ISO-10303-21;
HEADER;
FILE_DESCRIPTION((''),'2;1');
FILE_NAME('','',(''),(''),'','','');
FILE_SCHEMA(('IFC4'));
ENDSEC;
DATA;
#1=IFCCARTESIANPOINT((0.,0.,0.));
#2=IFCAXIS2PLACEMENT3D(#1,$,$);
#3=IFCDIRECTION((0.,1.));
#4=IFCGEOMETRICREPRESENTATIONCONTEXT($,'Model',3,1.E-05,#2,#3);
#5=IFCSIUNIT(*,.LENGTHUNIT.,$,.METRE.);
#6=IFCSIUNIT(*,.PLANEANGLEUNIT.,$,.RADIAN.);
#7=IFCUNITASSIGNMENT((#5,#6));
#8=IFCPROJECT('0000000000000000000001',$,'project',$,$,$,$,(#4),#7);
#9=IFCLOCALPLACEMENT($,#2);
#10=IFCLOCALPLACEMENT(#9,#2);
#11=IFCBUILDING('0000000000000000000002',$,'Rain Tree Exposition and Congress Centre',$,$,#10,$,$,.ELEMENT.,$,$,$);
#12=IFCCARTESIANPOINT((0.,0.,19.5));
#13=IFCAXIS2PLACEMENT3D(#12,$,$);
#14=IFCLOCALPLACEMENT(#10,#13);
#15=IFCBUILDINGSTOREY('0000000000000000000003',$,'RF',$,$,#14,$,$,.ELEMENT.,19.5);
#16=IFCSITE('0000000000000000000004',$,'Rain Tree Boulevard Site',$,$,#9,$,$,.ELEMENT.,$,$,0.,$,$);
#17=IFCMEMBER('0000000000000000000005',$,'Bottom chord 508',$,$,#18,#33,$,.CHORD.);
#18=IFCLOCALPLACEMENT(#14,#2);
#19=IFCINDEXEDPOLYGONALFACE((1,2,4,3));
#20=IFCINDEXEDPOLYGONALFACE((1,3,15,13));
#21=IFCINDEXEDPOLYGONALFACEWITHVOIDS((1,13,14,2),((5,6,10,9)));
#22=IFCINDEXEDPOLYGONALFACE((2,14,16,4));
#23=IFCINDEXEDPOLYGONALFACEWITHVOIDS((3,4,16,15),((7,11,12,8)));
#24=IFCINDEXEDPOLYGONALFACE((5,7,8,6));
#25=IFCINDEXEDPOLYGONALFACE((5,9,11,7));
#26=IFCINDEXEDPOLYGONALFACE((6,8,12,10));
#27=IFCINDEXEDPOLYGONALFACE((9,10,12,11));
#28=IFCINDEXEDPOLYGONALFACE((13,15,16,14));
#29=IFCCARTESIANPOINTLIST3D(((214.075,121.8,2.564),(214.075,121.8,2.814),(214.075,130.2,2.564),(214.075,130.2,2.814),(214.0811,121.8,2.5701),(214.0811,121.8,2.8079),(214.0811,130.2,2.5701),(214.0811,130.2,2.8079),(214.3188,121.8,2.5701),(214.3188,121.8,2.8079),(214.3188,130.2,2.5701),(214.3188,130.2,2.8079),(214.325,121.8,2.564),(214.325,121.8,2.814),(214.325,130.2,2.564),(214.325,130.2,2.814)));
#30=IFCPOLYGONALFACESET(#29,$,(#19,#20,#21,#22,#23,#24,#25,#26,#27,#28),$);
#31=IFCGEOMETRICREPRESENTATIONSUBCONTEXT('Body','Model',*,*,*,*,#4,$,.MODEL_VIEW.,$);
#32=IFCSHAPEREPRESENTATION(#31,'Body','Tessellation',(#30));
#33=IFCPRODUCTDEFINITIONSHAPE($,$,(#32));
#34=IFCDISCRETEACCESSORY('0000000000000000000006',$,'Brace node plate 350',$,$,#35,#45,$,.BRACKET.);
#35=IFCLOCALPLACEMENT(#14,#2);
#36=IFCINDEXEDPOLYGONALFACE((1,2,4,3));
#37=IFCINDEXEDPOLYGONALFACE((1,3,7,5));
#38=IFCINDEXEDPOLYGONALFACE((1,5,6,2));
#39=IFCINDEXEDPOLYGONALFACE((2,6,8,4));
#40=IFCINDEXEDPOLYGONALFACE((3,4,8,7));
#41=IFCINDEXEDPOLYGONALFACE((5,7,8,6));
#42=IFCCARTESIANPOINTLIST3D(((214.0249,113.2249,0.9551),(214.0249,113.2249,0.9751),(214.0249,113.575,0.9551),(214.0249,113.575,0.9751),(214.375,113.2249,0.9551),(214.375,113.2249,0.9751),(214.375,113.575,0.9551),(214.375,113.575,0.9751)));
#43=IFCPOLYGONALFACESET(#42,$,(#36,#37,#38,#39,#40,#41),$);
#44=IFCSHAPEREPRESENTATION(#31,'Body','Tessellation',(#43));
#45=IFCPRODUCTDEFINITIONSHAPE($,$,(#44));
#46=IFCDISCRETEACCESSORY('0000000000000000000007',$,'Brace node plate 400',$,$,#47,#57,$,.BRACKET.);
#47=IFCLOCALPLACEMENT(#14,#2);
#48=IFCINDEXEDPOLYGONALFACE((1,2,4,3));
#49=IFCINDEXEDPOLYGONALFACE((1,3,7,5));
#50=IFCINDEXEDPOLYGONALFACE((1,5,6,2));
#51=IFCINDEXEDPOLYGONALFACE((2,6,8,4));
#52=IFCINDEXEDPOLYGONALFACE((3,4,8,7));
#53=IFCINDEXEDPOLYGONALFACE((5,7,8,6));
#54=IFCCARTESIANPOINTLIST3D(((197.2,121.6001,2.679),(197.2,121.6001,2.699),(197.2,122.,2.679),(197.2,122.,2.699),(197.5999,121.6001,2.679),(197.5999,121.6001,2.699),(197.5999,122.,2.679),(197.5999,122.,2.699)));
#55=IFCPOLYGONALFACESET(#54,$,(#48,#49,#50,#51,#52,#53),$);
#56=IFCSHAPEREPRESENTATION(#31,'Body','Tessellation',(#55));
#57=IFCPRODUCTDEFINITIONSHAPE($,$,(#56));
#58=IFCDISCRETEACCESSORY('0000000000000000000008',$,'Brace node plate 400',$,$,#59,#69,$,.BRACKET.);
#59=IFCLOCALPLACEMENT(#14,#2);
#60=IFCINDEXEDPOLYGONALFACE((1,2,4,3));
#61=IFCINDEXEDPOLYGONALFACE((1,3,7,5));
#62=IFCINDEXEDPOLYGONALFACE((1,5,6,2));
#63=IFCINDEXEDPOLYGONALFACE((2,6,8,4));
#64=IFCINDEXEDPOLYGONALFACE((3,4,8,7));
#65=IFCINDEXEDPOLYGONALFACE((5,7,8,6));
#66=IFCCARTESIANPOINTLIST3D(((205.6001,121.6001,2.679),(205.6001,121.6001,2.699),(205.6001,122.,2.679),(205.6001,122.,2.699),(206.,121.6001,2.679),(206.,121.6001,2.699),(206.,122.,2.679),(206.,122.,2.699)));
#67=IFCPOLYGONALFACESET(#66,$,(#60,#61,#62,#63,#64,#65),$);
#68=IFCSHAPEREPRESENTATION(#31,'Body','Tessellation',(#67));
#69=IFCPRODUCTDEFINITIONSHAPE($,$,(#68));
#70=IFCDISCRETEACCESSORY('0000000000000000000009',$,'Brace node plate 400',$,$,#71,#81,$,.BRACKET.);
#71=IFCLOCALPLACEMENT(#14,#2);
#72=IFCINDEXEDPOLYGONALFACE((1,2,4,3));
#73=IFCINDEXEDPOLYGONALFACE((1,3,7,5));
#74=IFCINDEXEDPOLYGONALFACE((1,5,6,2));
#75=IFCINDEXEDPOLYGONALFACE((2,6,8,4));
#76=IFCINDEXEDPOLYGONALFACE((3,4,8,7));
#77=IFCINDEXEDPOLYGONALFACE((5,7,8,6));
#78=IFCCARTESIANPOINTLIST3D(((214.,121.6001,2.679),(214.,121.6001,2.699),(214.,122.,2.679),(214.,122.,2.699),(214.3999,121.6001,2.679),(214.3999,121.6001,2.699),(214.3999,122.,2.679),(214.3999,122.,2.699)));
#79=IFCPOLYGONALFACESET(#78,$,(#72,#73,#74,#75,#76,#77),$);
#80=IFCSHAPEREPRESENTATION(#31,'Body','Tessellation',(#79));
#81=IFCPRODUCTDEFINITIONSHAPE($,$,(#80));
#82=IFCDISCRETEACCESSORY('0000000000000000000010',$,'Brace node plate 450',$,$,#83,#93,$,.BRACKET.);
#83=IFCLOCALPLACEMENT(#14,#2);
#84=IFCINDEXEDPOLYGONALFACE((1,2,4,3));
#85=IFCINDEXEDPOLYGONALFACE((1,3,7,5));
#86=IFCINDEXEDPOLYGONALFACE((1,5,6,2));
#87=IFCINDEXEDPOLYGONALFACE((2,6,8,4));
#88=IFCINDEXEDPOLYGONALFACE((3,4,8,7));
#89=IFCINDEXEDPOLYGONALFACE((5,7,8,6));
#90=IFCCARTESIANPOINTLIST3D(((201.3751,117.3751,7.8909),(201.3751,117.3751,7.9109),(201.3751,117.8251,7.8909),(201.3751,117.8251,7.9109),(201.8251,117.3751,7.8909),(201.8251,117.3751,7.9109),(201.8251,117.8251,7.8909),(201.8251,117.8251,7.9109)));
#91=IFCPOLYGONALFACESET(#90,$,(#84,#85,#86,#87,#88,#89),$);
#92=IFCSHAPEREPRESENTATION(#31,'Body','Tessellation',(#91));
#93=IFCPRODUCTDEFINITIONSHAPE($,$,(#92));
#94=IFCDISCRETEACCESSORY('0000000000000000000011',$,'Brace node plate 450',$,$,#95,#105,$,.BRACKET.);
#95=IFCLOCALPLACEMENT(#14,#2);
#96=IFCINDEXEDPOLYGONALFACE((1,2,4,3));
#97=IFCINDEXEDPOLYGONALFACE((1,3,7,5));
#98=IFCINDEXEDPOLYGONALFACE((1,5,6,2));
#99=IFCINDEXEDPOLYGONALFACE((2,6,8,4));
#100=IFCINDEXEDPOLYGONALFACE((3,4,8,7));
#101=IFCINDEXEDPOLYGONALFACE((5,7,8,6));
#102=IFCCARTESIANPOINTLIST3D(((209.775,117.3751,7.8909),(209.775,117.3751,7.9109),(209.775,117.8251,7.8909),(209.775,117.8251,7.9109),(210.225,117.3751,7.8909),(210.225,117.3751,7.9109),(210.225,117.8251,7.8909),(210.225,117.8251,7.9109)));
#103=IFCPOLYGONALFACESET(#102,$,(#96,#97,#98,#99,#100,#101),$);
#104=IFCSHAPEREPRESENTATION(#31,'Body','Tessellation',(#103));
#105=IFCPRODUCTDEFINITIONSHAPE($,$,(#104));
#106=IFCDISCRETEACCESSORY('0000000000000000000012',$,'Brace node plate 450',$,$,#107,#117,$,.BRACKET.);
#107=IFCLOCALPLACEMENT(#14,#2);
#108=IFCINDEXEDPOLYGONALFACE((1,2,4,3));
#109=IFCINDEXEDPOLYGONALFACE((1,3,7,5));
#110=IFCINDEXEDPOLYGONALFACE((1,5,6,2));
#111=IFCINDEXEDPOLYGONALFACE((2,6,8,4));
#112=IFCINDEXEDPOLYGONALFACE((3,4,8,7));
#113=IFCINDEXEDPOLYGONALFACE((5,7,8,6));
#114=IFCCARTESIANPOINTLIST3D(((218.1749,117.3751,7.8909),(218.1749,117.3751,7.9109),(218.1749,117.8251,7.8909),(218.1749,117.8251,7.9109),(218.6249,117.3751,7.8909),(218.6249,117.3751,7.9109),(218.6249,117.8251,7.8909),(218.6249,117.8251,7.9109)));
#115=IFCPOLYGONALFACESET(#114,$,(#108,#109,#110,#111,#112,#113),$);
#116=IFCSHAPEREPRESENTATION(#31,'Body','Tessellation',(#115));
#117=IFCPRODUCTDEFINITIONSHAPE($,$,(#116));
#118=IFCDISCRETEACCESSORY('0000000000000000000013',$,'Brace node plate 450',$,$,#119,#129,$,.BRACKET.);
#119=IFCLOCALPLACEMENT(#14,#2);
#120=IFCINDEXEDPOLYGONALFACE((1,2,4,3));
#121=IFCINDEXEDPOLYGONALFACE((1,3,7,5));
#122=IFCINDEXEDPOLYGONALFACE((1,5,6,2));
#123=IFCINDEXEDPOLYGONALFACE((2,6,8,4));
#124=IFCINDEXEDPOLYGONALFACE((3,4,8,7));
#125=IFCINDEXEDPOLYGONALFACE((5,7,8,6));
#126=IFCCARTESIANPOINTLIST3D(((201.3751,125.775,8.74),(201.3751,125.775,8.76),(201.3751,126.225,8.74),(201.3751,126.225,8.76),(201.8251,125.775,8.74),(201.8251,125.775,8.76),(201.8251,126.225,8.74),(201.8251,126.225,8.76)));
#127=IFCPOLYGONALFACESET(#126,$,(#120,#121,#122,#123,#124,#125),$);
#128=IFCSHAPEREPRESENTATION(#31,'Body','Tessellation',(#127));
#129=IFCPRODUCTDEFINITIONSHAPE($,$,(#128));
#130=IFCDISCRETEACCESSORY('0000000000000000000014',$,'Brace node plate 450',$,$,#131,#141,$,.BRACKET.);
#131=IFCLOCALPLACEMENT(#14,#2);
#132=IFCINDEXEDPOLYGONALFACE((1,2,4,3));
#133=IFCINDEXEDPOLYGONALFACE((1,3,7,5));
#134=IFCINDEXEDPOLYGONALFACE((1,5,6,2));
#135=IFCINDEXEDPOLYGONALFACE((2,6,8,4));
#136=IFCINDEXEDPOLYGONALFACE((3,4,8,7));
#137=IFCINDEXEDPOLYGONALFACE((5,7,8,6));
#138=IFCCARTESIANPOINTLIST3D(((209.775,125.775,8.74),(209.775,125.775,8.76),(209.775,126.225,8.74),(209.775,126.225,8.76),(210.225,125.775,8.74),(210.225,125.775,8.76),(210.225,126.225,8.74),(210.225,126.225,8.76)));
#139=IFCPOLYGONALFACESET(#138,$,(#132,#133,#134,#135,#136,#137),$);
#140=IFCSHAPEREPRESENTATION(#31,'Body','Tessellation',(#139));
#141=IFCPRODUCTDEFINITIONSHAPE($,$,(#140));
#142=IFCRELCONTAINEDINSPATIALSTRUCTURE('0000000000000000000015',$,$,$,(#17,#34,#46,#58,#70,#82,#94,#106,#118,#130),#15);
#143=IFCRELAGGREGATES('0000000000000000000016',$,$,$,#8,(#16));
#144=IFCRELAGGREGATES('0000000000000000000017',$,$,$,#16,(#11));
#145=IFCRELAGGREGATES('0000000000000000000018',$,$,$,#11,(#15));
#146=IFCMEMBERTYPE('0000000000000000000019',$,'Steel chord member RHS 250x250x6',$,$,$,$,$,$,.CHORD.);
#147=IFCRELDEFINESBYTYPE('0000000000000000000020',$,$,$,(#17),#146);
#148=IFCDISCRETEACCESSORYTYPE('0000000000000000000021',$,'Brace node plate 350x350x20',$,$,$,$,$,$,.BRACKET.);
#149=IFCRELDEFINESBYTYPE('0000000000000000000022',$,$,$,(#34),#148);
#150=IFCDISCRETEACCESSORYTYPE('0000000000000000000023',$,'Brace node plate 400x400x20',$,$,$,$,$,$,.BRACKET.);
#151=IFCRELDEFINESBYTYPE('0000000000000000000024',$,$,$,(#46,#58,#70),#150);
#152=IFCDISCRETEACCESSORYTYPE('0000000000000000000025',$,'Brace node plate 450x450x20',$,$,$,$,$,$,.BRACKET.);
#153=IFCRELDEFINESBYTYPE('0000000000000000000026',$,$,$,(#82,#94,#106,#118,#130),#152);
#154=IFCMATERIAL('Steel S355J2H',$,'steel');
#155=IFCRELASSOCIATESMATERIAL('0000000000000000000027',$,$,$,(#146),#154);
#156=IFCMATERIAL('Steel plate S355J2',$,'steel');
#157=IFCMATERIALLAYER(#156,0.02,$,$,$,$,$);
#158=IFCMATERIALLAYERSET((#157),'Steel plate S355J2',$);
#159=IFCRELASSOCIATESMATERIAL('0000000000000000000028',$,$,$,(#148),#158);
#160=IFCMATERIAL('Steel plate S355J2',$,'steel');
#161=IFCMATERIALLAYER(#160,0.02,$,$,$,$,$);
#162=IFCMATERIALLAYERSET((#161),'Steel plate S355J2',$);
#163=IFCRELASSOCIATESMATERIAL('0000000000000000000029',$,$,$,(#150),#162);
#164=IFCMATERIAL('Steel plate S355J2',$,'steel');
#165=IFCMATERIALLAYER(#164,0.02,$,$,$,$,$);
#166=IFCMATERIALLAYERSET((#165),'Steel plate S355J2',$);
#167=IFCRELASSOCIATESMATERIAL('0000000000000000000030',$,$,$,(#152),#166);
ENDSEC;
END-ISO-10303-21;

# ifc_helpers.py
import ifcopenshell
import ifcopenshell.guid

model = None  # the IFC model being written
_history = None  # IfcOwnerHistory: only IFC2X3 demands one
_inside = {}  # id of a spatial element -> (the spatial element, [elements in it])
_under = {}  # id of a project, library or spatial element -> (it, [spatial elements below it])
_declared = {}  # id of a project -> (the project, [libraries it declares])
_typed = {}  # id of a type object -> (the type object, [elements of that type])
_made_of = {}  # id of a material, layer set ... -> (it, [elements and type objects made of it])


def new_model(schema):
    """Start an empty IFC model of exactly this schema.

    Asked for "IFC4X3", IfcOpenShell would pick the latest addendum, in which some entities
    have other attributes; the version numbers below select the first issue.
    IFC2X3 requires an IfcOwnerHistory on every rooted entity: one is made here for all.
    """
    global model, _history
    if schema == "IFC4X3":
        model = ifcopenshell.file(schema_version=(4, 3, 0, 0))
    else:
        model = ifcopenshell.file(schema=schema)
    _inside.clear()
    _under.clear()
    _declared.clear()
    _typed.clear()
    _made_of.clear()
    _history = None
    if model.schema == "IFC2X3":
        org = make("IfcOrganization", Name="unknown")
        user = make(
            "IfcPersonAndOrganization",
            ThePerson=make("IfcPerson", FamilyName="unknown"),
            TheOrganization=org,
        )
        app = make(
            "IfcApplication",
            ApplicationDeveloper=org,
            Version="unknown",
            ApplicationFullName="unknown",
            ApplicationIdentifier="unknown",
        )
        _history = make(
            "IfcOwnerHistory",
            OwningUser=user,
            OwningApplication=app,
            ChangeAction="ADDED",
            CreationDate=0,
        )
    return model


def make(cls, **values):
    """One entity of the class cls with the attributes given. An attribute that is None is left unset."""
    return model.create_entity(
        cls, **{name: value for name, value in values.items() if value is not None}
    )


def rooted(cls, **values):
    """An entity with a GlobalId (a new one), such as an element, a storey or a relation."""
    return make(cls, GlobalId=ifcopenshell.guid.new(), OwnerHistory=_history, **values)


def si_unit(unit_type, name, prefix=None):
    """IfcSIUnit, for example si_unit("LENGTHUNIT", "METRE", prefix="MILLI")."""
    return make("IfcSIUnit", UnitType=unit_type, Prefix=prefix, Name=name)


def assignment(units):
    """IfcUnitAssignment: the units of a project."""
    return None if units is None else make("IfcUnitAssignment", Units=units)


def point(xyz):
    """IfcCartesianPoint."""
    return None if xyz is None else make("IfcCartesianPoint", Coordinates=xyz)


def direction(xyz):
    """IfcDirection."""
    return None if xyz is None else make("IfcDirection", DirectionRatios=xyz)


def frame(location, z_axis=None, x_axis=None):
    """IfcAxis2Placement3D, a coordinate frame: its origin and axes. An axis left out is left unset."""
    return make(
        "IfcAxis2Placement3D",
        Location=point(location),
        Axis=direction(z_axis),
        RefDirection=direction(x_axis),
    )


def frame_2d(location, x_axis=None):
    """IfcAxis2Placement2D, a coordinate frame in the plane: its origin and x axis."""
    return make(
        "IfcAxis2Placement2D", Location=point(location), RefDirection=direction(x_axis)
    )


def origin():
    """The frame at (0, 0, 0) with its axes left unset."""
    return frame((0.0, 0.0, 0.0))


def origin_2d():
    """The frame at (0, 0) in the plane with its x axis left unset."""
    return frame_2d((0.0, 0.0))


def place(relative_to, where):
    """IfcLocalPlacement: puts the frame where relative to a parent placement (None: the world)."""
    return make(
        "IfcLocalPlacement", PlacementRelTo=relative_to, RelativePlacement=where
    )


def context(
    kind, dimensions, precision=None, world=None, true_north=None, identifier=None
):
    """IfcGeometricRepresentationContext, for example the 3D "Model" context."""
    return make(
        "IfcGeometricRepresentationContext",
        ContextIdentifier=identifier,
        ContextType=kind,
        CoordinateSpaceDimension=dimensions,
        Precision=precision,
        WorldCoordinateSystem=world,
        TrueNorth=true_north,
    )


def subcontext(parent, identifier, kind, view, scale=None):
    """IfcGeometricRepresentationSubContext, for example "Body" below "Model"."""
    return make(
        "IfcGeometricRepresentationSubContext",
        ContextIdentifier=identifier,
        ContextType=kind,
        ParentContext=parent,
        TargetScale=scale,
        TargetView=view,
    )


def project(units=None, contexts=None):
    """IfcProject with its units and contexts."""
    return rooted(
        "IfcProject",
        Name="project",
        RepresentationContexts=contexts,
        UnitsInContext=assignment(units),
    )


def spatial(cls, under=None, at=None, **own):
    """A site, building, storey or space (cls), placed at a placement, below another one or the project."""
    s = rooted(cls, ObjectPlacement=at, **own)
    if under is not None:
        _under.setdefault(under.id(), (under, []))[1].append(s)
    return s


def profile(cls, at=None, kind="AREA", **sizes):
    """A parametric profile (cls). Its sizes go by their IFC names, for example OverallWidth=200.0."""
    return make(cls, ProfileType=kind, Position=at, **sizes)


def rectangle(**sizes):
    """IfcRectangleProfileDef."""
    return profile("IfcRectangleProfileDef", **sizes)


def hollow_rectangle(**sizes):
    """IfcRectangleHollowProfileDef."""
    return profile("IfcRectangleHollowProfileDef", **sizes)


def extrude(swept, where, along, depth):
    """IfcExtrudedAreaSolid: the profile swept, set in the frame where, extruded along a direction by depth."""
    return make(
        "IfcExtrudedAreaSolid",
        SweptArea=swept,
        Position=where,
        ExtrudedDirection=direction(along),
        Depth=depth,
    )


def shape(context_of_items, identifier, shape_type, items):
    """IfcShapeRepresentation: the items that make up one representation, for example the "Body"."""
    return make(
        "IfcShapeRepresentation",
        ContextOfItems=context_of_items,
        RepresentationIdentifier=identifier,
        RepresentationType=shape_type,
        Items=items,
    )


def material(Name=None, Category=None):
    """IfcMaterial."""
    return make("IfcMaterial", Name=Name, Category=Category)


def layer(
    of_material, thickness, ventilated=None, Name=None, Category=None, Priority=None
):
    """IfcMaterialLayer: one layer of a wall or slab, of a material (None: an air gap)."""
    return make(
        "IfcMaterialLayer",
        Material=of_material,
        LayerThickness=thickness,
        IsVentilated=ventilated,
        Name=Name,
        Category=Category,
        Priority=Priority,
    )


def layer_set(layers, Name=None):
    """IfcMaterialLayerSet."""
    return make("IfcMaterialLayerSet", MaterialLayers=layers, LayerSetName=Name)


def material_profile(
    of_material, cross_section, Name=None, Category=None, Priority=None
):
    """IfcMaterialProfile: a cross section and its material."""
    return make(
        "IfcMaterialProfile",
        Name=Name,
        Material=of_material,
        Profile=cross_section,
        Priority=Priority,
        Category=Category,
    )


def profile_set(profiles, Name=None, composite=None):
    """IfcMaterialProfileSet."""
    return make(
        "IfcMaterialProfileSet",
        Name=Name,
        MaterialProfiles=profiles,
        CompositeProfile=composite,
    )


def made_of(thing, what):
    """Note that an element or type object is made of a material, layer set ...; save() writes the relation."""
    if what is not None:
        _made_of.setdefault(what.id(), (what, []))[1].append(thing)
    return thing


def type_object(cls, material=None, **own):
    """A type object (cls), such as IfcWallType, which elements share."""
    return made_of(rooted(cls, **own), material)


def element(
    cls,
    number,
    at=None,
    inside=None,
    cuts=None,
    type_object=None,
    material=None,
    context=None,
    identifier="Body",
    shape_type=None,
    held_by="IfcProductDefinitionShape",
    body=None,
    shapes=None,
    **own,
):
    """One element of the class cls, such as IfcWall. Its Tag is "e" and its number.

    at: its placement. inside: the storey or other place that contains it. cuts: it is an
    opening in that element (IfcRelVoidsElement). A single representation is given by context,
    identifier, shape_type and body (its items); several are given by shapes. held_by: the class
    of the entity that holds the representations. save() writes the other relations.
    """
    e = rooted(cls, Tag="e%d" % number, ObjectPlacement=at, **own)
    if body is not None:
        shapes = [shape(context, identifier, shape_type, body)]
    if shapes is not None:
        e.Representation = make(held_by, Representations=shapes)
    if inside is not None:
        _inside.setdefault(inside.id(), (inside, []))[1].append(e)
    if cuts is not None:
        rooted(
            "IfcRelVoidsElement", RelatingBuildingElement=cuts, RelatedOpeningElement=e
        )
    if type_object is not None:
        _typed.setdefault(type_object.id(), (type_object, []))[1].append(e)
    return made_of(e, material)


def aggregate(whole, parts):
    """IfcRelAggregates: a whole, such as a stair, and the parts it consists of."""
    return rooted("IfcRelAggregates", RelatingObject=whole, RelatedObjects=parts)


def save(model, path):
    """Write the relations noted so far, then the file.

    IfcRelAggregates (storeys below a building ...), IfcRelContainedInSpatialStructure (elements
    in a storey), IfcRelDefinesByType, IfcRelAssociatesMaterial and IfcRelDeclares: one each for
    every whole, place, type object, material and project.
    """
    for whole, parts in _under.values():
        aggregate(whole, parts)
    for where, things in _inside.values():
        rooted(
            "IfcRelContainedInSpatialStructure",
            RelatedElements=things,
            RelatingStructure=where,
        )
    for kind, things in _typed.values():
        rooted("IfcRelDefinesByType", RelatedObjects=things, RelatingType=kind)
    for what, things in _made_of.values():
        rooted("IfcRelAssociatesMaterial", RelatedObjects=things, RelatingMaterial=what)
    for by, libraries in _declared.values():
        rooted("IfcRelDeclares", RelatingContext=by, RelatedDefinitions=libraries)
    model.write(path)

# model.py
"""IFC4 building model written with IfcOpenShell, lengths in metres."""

from ifc_helpers import new_model, si_unit, direction, frame, origin, origin_2d, place, context, subcontext, project, spatial, rectangle, hollow_rectangle, extrude, material, layer, layer_set, material_profile, profile_set, type_object, element, save


model = new_model("IFC4")

# Units and contexts
model_context = context("Model", 3, precision=1e-05, world=origin(), true_north=direction((0.0, 1.0)))
body_context = subcontext(model_context, "Body", "Model", "MODEL_VIEW")
ifc_project = project(units=[si_unit("LENGTHUNIT", "METRE"), si_unit("PLANEANGLEUNIT", "RADIAN")], contexts=[model_context])

# Site, building, storey
site_placement = place(None, origin())
site = spatial("IfcSite", under=ifc_project, at=site_placement, Name="Rain Tree Boulevard Site", CompositionType="ELEMENT", RefElevation=0.0)
building_placement = place(site_placement, origin())
building = spatial("IfcBuilding", under=site, at=building_placement, Name="Rain Tree Exposition and Congress Centre", CompositionType="ELEMENT")
storey_placement = place(building_placement, frame((0.0, 0.0, 19.5)))
storey = spatial("IfcBuildingStorey", under=building, at=storey_placement, Name="RF", CompositionType="ELEMENT", Elevation=19.5)

# Member
ifc_material_1 = material(Name="Steel S355J2H", Category="steel")
ifc_material_profile_1 = material_profile(ifc_material_1, hollow_rectangle(XDim=0.25, YDim=0.25, WallThickness=0.0061, at=origin_2d()), Name="RHS 250x250x6")
ifc_profile_set_1 = profile_set([ifc_material_profile_1], Name="Steel S355J2H")
member_type_1 = type_object("IfcMemberType", Name="Steel chord member RHS 250x250x6", PredefinedType="CHORD", material=ifc_profile_set_1)
member_1_placement = place(storey_placement, frame((214.2, 121.8, 2.689), z_axis=(0.0, 1.0, 0.0), x_axis=(-1.0, 0.0, 0.0)))
element("IfcMember", 1, at=member_1_placement, inside=storey, type_object=member_type_1, Name="Bottom chord 508", PredefinedType="CHORD", context=body_context, shape_type="SweptSolid", body=[
    extrude(hollow_rectangle(XDim=0.25, YDim=0.25, WallThickness=0.0061, at=origin_2d()), origin(), (0.0, 0.0, 1.0), 8.3999),
])

# Discrete accessories
ifc_material_2 = material(Name="Steel plate S355J2", Category="steel")
ifc_layer_1 = layer(ifc_material_2, 0.02)
ifc_layer_set_1 = layer_set([ifc_layer_1], Name="Steel plate S355J2")
discrete_accessory_type_1 = type_object("IfcDiscreteAccessoryType", Name="Brace node plate 350x350x20", PredefinedType="BRACKET", material=ifc_layer_set_1)
discrete_accessory_placement = place(storey_placement, frame((214.2, 113.3999, 0.9551), z_axis=(0.0, 0.0, 1.0), x_axis=(1.0, 0.0, 0.0)))
element("IfcDiscreteAccessory", 2, at=discrete_accessory_placement, inside=storey, type_object=discrete_accessory_type_1, Name="Brace node plate 350", PredefinedType="BRACKET", context=body_context, shape_type="SweptSolid", body=[
    extrude(rectangle(XDim=0.3501, YDim=0.3501, at=origin_2d()), origin(), (0.0, 0.0, 1.0), 0.02),
])
ifc_material_3 = material(Name="Steel plate S355J2", Category="steel")
ifc_layer_2 = layer(ifc_material_3, 0.02)
ifc_layer_set_2 = layer_set([ifc_layer_2], Name="Steel plate S355J2")
discrete_accessory_type_2 = type_object("IfcDiscreteAccessoryType", Name="Brace node plate 400x400x20", PredefinedType="BRACKET", material=ifc_layer_set_2)
for number, where, z_axis, x_axis, name in (
    (3, (197.3999, 121.8, 2.679), (0.0, 0.0, 1.0), (1.0, 0.0, 0.0), "Brace node plate 400"),
    (4, (205.8, 121.8, 2.679), (0.0, 0.0, 1.0), (1.0, 0.0, 0.0), "Brace node plate 400"),
    (5, (214.2, 121.8, 2.679), (0.0, 0.0, 1.0), (1.0, 0.0, 0.0), "Brace node plate 400"),
):
    element("IfcDiscreteAccessory", number, at=place(storey_placement, frame(where, z_axis=z_axis, x_axis=x_axis)), inside=storey, type_object=discrete_accessory_type_2, Name=name, PredefinedType="BRACKET", context=body_context, shape_type="SweptSolid", body=[
        extrude(rectangle(XDim=0.3999, YDim=0.3999, at=origin_2d()), origin(), (0.0, 0.0, 1.0), 0.02),
    ])
ifc_material_4 = material(Name="Steel plate S355J2", Category="steel")
ifc_layer_3 = layer(ifc_material_4, 0.02)
ifc_layer_set_3 = layer_set([ifc_layer_3], Name="Steel plate S355J2")
discrete_accessory_type_3 = type_object("IfcDiscreteAccessoryType", Name="Brace node plate 450x450x20", PredefinedType="BRACKET", material=ifc_layer_set_3)
for number, where, z_axis, x_axis, name in (
    (6, (201.6001, 117.6001, 7.8909), (0.0, 0.0, 1.0), (1.0, 0.0, 0.0), "Brace node plate 450"),
    (7, (210.0, 117.6001, 7.8909), (0.0, 0.0, 1.0), (1.0, 0.0, 0.0), "Brace node plate 450"),
    (8, (218.3999, 117.6001, 7.8909), (0.0, 0.0, 1.0), (1.0, 0.0, 0.0), "Brace node plate 450"),
    (9, (201.6001, 126.0, 8.74), (0.0, 0.0, 1.0), (1.0, 0.0, 0.0), "Brace node plate 450"),
    (10, (210.0, 126.0, 8.74), (0.0, 0.0, 1.0), (1.0, 0.0, 0.0), "Brace node plate 450"),
):
    element("IfcDiscreteAccessory", number, at=place(storey_placement, frame(where, z_axis=z_axis, x_axis=x_axis)), inside=storey, type_object=discrete_accessory_type_3, Name=name, PredefinedType="BRACKET", context=body_context, shape_type="SweptSolid", body=[
        extrude(rectangle(XDim=0.45, YDim=0.45, at=origin_2d()), origin(), (0.0, 0.0, 1.0), 0.02),
    ])

save(model, "model.ifc")
